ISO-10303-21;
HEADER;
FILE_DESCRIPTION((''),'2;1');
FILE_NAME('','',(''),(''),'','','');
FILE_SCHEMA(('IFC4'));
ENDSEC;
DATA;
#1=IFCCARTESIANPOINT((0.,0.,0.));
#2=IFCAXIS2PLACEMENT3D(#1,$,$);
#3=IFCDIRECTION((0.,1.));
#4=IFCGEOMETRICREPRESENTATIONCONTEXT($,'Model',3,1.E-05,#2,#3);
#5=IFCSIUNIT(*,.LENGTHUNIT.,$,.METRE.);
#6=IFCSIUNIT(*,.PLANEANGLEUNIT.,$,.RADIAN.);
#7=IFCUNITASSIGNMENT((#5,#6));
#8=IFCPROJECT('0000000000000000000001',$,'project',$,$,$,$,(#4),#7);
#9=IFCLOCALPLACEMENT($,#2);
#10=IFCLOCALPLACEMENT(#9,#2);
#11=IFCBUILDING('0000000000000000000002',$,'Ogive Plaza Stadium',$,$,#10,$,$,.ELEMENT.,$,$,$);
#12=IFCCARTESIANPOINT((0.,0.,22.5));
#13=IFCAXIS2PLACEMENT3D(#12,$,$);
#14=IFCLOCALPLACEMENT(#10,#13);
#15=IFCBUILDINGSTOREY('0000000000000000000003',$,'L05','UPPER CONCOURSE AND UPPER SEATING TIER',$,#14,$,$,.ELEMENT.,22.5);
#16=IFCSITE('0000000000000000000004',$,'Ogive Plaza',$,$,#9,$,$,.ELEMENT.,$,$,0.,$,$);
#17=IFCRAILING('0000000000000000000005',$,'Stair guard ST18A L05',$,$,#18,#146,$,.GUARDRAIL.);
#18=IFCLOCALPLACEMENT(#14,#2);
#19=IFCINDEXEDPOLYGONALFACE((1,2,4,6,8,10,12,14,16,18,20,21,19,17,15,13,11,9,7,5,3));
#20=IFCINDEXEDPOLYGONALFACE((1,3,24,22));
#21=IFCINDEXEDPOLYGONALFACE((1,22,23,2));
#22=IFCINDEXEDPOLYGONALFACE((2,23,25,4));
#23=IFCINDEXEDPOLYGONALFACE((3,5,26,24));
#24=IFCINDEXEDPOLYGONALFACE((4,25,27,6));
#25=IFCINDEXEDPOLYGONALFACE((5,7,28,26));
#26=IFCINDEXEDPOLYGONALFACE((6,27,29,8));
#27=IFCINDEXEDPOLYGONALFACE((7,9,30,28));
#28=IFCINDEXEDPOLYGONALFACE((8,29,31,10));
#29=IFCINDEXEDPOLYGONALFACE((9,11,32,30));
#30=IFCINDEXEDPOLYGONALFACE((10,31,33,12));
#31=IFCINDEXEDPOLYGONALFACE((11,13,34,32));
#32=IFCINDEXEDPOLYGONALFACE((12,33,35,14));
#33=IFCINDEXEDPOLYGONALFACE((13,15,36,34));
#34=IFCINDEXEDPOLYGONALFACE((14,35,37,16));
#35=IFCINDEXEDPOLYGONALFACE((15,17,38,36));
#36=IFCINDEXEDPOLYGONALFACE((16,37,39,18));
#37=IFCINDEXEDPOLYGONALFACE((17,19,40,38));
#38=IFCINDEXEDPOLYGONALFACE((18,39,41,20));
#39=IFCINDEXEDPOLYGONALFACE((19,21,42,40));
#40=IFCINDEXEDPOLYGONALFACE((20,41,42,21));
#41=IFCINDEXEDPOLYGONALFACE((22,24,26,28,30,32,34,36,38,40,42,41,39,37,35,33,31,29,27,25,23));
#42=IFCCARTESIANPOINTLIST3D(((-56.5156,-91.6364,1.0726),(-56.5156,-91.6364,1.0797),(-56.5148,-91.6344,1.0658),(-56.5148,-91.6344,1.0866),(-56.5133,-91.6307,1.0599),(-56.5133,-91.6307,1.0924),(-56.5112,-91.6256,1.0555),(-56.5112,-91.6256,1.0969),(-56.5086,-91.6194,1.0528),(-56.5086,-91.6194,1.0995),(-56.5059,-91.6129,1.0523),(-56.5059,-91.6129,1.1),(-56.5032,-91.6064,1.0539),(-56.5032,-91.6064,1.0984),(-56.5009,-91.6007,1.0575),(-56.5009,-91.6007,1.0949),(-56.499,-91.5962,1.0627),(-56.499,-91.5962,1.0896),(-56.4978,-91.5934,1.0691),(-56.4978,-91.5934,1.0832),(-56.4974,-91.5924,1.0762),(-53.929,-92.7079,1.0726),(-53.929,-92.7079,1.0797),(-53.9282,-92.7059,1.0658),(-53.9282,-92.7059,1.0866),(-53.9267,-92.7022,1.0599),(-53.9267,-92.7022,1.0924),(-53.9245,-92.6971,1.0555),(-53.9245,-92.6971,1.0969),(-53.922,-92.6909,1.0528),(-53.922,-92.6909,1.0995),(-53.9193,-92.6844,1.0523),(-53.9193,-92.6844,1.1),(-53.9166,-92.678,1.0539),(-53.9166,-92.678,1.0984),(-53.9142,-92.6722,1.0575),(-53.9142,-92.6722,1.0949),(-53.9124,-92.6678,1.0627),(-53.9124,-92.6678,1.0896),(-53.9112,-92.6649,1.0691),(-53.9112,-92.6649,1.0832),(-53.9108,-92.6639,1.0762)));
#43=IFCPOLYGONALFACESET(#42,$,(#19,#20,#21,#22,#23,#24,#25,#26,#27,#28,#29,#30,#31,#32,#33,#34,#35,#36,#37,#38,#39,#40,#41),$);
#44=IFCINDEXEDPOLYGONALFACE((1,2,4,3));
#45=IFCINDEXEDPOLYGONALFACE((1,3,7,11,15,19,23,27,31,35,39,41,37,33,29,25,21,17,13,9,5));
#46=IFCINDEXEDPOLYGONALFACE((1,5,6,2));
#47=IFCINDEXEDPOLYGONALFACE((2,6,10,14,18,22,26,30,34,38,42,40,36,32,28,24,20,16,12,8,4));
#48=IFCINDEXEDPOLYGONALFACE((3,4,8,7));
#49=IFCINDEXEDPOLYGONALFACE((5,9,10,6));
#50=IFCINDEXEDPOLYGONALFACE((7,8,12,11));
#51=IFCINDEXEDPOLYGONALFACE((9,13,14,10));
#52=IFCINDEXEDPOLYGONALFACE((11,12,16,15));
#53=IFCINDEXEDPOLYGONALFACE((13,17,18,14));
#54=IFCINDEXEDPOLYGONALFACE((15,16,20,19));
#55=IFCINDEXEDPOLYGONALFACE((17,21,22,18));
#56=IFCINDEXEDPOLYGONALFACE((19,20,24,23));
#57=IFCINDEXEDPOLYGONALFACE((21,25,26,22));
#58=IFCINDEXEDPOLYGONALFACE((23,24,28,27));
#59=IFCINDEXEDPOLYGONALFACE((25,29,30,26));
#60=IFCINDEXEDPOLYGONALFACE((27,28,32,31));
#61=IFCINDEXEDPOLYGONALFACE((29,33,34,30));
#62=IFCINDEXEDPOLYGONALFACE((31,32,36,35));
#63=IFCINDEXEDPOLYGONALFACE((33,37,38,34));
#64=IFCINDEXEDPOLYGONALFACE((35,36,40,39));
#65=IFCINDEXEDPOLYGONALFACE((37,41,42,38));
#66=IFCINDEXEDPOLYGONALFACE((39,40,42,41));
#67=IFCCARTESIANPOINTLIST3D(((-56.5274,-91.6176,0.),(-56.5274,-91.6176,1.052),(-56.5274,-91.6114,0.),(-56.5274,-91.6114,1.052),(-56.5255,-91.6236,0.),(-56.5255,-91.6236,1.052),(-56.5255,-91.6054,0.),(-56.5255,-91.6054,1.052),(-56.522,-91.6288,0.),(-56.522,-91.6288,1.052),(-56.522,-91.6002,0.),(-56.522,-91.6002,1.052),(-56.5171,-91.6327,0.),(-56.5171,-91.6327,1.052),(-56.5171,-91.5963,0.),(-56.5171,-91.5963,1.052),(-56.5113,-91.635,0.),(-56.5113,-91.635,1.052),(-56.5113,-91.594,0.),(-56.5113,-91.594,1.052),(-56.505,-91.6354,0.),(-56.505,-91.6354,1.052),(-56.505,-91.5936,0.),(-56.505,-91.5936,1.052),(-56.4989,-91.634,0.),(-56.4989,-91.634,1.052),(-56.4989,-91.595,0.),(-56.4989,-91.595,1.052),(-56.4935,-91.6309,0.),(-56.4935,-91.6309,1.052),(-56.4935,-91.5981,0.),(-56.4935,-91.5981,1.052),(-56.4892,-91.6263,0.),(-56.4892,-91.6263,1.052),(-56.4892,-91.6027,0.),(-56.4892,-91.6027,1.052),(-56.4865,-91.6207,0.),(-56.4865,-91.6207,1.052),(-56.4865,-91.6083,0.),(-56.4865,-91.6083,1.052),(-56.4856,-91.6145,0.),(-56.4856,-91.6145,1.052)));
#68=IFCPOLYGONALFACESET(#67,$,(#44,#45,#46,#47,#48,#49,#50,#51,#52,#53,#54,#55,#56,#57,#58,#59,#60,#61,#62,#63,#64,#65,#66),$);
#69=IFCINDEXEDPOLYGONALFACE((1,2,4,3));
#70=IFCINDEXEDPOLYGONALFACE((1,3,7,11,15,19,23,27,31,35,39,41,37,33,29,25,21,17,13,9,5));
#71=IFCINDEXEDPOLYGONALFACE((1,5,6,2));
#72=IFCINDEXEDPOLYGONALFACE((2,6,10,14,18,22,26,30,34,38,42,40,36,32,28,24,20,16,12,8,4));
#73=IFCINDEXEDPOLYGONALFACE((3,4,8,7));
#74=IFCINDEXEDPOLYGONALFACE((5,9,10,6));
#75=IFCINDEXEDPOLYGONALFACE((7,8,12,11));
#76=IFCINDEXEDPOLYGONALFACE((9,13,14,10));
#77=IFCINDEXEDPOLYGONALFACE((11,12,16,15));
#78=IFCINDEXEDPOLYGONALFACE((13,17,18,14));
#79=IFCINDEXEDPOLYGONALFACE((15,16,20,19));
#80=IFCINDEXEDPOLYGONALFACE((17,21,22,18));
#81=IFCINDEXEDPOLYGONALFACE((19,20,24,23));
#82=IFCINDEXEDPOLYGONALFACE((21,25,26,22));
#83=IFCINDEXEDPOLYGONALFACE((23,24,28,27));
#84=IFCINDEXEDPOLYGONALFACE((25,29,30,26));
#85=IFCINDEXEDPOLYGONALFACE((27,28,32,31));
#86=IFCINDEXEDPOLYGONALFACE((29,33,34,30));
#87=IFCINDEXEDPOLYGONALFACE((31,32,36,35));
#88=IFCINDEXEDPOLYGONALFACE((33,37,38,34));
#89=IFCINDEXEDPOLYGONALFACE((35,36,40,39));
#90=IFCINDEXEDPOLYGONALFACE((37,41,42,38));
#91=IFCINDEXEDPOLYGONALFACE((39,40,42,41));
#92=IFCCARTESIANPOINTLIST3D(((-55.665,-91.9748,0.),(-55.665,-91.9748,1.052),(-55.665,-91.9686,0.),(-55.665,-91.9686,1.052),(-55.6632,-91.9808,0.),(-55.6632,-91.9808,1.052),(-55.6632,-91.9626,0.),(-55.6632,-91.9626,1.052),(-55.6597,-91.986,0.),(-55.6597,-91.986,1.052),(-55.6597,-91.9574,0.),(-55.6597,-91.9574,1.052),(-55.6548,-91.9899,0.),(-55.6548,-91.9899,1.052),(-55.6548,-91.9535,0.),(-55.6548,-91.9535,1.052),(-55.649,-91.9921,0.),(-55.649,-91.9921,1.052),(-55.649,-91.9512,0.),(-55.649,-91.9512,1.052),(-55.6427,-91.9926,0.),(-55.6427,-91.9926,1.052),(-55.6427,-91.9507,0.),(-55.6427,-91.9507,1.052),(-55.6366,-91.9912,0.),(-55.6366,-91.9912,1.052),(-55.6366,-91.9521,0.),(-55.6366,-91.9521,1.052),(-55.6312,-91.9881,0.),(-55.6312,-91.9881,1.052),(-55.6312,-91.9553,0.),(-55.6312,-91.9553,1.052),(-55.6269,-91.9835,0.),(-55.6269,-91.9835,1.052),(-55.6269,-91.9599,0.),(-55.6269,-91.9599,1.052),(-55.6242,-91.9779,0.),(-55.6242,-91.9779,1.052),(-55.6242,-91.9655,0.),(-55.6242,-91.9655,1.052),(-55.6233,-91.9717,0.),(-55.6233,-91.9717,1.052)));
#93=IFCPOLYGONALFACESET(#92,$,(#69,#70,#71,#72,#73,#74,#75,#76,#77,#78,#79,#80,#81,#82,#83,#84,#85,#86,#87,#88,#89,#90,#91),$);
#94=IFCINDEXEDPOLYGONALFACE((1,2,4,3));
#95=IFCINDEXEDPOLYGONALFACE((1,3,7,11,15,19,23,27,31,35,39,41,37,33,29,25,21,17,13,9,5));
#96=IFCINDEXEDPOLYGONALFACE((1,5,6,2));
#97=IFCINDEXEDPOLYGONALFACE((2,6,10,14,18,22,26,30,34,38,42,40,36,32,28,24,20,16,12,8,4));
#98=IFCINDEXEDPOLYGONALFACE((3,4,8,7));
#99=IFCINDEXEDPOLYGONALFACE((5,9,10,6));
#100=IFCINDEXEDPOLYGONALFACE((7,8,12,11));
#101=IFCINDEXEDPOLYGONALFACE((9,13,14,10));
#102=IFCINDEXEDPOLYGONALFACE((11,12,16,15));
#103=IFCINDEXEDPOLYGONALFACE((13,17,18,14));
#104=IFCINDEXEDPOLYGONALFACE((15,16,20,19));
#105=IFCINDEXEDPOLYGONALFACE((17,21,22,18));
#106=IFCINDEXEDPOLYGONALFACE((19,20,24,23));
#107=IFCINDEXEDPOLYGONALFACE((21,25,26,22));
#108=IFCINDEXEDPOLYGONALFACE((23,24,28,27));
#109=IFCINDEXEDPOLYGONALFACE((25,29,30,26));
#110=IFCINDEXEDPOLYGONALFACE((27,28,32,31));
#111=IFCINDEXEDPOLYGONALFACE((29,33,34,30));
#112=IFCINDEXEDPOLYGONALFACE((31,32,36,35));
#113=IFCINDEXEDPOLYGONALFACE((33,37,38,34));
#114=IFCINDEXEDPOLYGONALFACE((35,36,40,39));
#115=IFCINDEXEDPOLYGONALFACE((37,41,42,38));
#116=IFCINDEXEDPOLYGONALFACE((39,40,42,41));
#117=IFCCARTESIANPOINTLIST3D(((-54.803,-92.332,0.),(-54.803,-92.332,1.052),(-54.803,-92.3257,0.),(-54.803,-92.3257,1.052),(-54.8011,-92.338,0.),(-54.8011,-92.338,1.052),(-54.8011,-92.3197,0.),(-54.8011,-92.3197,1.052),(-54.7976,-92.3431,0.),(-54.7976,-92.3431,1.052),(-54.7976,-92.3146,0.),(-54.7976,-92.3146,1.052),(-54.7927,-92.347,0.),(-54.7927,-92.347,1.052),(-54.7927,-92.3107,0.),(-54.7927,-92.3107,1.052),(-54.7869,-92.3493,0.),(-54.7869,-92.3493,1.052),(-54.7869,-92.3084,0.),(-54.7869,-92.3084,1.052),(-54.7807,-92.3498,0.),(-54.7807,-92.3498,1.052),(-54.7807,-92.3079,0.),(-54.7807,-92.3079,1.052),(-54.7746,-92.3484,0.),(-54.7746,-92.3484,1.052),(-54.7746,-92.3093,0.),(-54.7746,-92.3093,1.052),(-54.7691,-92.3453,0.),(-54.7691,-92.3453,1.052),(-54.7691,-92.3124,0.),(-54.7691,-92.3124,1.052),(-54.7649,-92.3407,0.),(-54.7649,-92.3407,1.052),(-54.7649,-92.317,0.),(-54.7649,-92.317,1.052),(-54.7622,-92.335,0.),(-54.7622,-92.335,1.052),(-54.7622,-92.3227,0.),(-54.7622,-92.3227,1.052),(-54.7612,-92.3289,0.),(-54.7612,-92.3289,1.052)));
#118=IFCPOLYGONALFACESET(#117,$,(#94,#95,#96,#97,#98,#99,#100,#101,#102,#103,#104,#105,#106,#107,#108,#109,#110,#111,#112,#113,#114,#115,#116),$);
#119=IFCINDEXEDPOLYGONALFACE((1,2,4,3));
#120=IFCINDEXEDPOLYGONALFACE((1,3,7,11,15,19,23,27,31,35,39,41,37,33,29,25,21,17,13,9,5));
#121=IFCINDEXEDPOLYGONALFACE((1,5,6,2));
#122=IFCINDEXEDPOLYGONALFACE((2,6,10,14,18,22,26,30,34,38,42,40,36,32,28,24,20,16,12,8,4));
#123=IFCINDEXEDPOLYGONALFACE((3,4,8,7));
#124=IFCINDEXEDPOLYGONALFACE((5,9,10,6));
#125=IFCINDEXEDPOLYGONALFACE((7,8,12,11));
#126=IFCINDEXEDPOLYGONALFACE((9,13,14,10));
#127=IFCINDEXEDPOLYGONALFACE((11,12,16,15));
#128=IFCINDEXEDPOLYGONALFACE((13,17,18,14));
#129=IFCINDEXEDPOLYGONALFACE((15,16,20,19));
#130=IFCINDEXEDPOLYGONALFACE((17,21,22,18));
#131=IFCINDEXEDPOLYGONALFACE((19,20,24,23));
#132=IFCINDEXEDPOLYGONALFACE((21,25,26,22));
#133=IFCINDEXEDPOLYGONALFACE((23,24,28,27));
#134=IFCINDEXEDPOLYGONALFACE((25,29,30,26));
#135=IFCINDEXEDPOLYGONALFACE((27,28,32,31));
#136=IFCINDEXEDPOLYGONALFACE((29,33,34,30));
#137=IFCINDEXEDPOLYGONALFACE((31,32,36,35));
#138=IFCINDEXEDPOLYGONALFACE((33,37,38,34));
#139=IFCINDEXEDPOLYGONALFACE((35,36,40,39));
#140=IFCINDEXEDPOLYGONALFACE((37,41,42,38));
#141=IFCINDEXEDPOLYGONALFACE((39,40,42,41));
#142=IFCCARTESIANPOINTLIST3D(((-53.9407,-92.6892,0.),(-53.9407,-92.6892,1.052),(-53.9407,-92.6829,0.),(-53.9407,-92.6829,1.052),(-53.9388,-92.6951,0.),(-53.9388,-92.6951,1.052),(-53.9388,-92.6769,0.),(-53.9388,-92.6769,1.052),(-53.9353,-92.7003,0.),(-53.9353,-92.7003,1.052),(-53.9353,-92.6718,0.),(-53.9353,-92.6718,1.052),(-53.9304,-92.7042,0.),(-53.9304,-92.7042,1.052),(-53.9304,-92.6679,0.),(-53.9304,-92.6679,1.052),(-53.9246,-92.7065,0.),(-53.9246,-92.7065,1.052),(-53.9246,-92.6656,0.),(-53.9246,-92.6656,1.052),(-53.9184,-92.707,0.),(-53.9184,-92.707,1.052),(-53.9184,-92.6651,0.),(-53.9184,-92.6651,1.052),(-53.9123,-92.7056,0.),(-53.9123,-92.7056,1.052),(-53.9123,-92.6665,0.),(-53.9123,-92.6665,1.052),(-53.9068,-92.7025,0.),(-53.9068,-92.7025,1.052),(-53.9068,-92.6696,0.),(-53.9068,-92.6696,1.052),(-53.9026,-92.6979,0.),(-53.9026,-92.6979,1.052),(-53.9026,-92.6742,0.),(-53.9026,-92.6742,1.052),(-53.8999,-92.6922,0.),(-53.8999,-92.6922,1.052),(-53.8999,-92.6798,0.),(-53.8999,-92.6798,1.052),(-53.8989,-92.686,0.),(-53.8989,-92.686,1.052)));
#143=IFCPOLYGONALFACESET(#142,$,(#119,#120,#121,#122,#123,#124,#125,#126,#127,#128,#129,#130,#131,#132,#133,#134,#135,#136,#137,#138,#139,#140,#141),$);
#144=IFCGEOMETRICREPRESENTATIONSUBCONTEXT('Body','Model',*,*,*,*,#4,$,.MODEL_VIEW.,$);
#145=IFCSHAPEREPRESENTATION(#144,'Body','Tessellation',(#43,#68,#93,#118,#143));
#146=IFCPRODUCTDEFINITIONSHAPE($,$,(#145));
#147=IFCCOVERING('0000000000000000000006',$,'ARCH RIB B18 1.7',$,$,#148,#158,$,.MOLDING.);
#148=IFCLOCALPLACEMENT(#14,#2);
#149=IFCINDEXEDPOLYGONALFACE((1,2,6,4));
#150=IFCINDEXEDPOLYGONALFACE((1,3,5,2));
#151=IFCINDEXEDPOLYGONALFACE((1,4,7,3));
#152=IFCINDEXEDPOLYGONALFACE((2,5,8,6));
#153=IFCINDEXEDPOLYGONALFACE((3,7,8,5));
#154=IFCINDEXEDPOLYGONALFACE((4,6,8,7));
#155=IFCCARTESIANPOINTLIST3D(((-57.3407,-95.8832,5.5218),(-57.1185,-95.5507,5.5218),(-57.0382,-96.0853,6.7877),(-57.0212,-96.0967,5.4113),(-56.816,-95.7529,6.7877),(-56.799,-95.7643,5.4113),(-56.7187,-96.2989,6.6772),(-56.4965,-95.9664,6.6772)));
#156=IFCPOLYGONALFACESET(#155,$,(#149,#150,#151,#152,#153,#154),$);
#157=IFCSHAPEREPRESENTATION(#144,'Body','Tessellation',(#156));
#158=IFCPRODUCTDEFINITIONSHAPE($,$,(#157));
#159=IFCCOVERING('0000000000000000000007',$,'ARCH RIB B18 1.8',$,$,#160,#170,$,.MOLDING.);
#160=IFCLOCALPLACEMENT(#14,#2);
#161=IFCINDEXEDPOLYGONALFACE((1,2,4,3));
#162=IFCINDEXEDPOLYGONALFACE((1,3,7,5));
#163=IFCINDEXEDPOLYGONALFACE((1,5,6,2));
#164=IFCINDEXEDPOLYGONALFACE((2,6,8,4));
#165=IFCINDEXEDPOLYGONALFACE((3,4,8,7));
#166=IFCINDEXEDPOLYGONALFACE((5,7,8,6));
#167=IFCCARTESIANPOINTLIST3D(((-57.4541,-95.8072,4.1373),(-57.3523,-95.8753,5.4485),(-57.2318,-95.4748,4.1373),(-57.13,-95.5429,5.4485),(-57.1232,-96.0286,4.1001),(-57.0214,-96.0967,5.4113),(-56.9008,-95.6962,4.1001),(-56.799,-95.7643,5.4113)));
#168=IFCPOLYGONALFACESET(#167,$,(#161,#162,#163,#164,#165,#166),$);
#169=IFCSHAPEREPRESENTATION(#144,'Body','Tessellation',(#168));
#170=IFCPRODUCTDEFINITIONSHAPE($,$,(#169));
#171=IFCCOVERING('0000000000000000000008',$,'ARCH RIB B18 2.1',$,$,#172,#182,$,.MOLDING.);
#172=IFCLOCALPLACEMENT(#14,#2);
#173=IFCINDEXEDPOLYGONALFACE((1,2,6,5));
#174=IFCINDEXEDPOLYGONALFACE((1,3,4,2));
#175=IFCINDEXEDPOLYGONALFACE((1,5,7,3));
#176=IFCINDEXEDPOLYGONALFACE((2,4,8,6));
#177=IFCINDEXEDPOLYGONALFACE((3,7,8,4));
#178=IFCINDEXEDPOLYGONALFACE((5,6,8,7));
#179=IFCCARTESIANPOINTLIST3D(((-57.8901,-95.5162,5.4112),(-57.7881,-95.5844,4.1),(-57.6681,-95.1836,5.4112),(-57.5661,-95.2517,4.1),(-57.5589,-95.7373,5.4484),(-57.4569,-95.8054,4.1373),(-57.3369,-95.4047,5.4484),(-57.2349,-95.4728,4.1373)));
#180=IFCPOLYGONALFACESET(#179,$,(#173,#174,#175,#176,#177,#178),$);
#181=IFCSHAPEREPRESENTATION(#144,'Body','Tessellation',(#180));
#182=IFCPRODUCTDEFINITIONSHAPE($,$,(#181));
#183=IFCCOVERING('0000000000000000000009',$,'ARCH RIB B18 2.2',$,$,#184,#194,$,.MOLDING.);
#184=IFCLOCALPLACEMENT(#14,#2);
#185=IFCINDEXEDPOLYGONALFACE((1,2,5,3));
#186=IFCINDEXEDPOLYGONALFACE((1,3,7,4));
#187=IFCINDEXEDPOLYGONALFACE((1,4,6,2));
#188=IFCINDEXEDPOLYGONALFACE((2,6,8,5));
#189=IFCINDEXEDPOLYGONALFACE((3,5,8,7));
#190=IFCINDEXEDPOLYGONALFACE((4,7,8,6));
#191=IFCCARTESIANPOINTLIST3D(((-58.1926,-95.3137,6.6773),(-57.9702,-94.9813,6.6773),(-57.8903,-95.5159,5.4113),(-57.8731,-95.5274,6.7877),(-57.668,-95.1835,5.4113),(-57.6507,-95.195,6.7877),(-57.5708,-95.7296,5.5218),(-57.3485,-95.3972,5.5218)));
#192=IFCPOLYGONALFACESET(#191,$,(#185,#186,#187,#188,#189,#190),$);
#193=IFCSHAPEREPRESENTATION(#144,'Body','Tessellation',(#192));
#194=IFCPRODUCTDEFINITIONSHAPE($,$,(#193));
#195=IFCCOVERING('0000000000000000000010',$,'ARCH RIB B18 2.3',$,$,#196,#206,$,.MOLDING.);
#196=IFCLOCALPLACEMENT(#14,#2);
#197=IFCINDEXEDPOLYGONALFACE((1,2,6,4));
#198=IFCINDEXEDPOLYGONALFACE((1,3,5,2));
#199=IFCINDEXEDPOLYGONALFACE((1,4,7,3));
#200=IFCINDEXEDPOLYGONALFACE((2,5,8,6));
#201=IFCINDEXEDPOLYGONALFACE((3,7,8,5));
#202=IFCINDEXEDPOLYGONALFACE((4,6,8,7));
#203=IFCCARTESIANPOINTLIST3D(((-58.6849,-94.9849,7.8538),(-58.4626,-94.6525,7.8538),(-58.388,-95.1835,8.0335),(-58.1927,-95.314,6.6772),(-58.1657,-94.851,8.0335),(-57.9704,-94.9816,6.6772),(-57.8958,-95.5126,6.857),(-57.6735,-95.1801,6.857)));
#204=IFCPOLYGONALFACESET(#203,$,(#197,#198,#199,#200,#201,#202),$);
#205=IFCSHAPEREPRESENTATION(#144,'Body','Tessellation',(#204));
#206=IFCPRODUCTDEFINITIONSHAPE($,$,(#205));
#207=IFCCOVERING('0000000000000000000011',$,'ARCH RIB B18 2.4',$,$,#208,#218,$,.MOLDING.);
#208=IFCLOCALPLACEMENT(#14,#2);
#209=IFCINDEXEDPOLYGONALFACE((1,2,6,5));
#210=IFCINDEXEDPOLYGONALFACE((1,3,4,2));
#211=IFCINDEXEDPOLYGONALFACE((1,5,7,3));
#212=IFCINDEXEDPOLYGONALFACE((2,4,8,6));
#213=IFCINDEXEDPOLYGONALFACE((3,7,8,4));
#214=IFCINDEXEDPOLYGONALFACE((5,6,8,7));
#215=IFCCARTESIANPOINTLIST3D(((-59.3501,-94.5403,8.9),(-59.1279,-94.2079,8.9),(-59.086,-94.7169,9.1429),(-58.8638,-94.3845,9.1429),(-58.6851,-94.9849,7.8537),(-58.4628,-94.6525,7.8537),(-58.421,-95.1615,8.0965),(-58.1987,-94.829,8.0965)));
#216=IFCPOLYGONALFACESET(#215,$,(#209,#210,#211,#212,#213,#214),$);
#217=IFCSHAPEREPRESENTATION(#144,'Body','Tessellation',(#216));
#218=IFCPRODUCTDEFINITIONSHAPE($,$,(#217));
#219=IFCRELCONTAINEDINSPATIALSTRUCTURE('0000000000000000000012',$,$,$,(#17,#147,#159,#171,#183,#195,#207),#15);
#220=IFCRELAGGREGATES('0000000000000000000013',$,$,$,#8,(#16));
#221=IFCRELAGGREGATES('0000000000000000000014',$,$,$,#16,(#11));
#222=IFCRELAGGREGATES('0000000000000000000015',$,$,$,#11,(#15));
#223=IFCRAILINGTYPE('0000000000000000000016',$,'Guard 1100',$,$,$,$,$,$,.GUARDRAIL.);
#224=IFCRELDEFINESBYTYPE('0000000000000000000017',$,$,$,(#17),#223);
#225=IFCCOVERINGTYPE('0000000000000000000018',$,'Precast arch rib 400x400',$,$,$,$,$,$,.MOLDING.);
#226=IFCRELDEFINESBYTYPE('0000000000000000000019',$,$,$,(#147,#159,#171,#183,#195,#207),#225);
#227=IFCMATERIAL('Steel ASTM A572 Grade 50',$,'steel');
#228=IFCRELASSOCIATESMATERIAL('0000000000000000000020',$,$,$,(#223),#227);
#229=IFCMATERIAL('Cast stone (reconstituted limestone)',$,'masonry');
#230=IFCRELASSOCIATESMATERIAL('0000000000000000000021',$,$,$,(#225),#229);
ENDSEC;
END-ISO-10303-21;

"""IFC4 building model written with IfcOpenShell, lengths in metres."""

from ifc_helpers import new_model, si_unit, direction, frame, origin, origin_2d, place, context, subcontext, project, spatial, rectangle, circle, extrude, material, material_profile, profile_set, type_object, element, save


model = new_model("IFC4")

# Units and contexts
model_context = context("Model", 3, precision=1e-05, world=origin(), true_north=direction((0.0, 1.0)))
body_context = subcontext(model_context, "Body", "Model", "MODEL_VIEW")
ifc_project = project(units=[si_unit("LENGTHUNIT", "METRE"), si_unit("PLANEANGLEUNIT", "RADIAN")], contexts=[model_context])

# Site, building, storey
site_placement = place(None, origin())
site = spatial("IfcSite", under=ifc_project, at=site_placement, Name="Ogive Plaza", CompositionType="ELEMENT", RefElevation=0.0)
building_placement = place(site_placement, origin())
building = spatial("IfcBuilding", under=site, at=building_placement, Name="Ogive Plaza Stadium", CompositionType="ELEMENT")
storey_placement = place(building_placement, frame((0.0, 0.0, 22.5)))
storey = spatial("IfcBuildingStorey", under=building, at=storey_placement, Name="L05", Description="UPPER CONCOURSE AND UPPER SEATING TIER", CompositionType="ELEMENT", Elevation=22.5)

# Railing
ifc_material_1 = material(Name="Steel ASTM A572 Grade 50", Category="steel")
railing_type = type_object("IfcRailingType", Name="Guard 1100", PredefinedType="GUARDRAIL", material=ifc_material_1)
railing_placement = place(storey_placement, frame((-56.5066, -91.6145, 0.0)))
element("IfcRailing", 1, at=railing_placement, inside=storey, type_object=railing_type, Name="Stair guard ST18A L05", PredefinedType="GUARDRAIL", context=body_context, shape_type="SweptSolid", body=[
    extrude(circle(Radius=0.0239, at=origin_2d()), frame((0.0, 0.0, 1.0762), z_axis=(0.923867, -0.382714, 0.0), x_axis=(0.382714, 0.923867, 0.0)), (0.0, 0.0, 1.0), 2.7998),
    extrude(circle(Radius=0.021, at=origin_2d()), origin(), (0.0, 0.0, 1.0), 1.052),
    extrude(circle(Radius=0.021, at=origin_2d()), frame((0.8623, -0.3572, 0.0)), (0.0, 0.0, 1.0), 1.052),
    extrude(circle(Radius=0.021, at=origin_2d()), frame((1.7244, -0.7144, 0.0)), (0.0, 0.0, 1.0), 1.052),
    extrude(circle(Radius=0.021, at=origin_2d()), frame((2.5867, -1.0715, 0.0)), (0.0, 0.0, 1.0), 1.052),
])

# Coverings
ifc_material_2 = material(Name="Cast stone (reconstituted limestone)", Category="masonry")
ifc_material_profile_1 = material_profile(ifc_material_2, rectangle(XDim=0.3999, YDim=0.3999, at=origin_2d()), Name="Cast stone 400x400")
ifc_profile_set_1 = profile_set([ifc_material_profile_1], Name="Cast stone (reconstituted limestone)")
covering_type_1 = type_object("IfcCoveringType", Name="Precast arch rib 400x400", PredefinedType="MOLDING", material=ifc_profile_set_1)
covering_1_placement = place(storey_placement, frame((-56.7673, -96.0259, 6.7324), z_axis=(-0.229661, 0.153478, -0.961093), x_axis=(-0.555629, -0.83143, 0.0)))
element("IfcCovering", 2, at=covering_1_placement, inside=storey, type_object=covering_type_1, Name="ARCH RIB B18 1.7", PredefinedType="MOLDING", context=body_context, shape_type="SweptSolid", body=[
    extrude(rectangle(XDim=0.3999, YDim=0.3999, at=origin_2d()), origin(), (0.0, 0.0, 1.0), 1.3171),
])
for number, where, z_axis, x_axis, name in (
    (3, (-57.0757, -95.8198, 5.4299), (-0.077303, 0.05172, -0.995665), (-0.556079, -0.831129, 0.0), "ARCH RIB B18 1.8"),
    (4, (-57.5115, -95.5286, 4.1187), (-0.077487, 0.05172, 0.995651), (-0.555159, -0.831744, 0.0), "ARCH RIB B18 2.1"),
):
    element("IfcCovering", number, at=place(storey_placement, frame(where, z_axis=z_axis, x_axis=x_axis)), inside=storey, type_object=covering_type_1, Name=name, PredefinedType="MOLDING", context=body_context, shape_type="SweptSolid", body=[
        extrude(rectangle(XDim=0.3999, YDim=0.3999, at=origin_2d()), origin(), (0.0, 0.0, 1.0), 1.3169),
    ])
for number, where, z_axis, x_axis, name in (
    (5, (-57.6194, -95.4565, 5.4666), (-0.229486, 0.153485, 0.961134), (-0.555939, -0.831223, 0.0), "ARCH RIB B18 2.2"),
    (6, (-57.9331, -95.2471, 6.7671), (-0.373692, 0.249869, 0.893264), (-0.555842, -0.831288, 0.0), "ARCH RIB B18 2.3"),
    (7, (-58.4419, -94.907, 7.9751), (-0.504912, 0.337535, 0.794439), (-0.555756, -0.831345, 0.0), "ARCH RIB B18 2.4"),
):
    element("IfcCovering", number, at=place(storey_placement, frame(where, z_axis=z_axis, x_axis=x_axis)), inside=storey, type_object=covering_type_1, Name=name, PredefinedType="MOLDING", context=body_context, shape_type="SweptSolid", body=[
        extrude(rectangle(XDim=0.3999, YDim=0.3999, at=origin_2d()), origin(), (0.0, 0.0, 1.0), 1.3171),
    ])

save(model, "model.ifc")
